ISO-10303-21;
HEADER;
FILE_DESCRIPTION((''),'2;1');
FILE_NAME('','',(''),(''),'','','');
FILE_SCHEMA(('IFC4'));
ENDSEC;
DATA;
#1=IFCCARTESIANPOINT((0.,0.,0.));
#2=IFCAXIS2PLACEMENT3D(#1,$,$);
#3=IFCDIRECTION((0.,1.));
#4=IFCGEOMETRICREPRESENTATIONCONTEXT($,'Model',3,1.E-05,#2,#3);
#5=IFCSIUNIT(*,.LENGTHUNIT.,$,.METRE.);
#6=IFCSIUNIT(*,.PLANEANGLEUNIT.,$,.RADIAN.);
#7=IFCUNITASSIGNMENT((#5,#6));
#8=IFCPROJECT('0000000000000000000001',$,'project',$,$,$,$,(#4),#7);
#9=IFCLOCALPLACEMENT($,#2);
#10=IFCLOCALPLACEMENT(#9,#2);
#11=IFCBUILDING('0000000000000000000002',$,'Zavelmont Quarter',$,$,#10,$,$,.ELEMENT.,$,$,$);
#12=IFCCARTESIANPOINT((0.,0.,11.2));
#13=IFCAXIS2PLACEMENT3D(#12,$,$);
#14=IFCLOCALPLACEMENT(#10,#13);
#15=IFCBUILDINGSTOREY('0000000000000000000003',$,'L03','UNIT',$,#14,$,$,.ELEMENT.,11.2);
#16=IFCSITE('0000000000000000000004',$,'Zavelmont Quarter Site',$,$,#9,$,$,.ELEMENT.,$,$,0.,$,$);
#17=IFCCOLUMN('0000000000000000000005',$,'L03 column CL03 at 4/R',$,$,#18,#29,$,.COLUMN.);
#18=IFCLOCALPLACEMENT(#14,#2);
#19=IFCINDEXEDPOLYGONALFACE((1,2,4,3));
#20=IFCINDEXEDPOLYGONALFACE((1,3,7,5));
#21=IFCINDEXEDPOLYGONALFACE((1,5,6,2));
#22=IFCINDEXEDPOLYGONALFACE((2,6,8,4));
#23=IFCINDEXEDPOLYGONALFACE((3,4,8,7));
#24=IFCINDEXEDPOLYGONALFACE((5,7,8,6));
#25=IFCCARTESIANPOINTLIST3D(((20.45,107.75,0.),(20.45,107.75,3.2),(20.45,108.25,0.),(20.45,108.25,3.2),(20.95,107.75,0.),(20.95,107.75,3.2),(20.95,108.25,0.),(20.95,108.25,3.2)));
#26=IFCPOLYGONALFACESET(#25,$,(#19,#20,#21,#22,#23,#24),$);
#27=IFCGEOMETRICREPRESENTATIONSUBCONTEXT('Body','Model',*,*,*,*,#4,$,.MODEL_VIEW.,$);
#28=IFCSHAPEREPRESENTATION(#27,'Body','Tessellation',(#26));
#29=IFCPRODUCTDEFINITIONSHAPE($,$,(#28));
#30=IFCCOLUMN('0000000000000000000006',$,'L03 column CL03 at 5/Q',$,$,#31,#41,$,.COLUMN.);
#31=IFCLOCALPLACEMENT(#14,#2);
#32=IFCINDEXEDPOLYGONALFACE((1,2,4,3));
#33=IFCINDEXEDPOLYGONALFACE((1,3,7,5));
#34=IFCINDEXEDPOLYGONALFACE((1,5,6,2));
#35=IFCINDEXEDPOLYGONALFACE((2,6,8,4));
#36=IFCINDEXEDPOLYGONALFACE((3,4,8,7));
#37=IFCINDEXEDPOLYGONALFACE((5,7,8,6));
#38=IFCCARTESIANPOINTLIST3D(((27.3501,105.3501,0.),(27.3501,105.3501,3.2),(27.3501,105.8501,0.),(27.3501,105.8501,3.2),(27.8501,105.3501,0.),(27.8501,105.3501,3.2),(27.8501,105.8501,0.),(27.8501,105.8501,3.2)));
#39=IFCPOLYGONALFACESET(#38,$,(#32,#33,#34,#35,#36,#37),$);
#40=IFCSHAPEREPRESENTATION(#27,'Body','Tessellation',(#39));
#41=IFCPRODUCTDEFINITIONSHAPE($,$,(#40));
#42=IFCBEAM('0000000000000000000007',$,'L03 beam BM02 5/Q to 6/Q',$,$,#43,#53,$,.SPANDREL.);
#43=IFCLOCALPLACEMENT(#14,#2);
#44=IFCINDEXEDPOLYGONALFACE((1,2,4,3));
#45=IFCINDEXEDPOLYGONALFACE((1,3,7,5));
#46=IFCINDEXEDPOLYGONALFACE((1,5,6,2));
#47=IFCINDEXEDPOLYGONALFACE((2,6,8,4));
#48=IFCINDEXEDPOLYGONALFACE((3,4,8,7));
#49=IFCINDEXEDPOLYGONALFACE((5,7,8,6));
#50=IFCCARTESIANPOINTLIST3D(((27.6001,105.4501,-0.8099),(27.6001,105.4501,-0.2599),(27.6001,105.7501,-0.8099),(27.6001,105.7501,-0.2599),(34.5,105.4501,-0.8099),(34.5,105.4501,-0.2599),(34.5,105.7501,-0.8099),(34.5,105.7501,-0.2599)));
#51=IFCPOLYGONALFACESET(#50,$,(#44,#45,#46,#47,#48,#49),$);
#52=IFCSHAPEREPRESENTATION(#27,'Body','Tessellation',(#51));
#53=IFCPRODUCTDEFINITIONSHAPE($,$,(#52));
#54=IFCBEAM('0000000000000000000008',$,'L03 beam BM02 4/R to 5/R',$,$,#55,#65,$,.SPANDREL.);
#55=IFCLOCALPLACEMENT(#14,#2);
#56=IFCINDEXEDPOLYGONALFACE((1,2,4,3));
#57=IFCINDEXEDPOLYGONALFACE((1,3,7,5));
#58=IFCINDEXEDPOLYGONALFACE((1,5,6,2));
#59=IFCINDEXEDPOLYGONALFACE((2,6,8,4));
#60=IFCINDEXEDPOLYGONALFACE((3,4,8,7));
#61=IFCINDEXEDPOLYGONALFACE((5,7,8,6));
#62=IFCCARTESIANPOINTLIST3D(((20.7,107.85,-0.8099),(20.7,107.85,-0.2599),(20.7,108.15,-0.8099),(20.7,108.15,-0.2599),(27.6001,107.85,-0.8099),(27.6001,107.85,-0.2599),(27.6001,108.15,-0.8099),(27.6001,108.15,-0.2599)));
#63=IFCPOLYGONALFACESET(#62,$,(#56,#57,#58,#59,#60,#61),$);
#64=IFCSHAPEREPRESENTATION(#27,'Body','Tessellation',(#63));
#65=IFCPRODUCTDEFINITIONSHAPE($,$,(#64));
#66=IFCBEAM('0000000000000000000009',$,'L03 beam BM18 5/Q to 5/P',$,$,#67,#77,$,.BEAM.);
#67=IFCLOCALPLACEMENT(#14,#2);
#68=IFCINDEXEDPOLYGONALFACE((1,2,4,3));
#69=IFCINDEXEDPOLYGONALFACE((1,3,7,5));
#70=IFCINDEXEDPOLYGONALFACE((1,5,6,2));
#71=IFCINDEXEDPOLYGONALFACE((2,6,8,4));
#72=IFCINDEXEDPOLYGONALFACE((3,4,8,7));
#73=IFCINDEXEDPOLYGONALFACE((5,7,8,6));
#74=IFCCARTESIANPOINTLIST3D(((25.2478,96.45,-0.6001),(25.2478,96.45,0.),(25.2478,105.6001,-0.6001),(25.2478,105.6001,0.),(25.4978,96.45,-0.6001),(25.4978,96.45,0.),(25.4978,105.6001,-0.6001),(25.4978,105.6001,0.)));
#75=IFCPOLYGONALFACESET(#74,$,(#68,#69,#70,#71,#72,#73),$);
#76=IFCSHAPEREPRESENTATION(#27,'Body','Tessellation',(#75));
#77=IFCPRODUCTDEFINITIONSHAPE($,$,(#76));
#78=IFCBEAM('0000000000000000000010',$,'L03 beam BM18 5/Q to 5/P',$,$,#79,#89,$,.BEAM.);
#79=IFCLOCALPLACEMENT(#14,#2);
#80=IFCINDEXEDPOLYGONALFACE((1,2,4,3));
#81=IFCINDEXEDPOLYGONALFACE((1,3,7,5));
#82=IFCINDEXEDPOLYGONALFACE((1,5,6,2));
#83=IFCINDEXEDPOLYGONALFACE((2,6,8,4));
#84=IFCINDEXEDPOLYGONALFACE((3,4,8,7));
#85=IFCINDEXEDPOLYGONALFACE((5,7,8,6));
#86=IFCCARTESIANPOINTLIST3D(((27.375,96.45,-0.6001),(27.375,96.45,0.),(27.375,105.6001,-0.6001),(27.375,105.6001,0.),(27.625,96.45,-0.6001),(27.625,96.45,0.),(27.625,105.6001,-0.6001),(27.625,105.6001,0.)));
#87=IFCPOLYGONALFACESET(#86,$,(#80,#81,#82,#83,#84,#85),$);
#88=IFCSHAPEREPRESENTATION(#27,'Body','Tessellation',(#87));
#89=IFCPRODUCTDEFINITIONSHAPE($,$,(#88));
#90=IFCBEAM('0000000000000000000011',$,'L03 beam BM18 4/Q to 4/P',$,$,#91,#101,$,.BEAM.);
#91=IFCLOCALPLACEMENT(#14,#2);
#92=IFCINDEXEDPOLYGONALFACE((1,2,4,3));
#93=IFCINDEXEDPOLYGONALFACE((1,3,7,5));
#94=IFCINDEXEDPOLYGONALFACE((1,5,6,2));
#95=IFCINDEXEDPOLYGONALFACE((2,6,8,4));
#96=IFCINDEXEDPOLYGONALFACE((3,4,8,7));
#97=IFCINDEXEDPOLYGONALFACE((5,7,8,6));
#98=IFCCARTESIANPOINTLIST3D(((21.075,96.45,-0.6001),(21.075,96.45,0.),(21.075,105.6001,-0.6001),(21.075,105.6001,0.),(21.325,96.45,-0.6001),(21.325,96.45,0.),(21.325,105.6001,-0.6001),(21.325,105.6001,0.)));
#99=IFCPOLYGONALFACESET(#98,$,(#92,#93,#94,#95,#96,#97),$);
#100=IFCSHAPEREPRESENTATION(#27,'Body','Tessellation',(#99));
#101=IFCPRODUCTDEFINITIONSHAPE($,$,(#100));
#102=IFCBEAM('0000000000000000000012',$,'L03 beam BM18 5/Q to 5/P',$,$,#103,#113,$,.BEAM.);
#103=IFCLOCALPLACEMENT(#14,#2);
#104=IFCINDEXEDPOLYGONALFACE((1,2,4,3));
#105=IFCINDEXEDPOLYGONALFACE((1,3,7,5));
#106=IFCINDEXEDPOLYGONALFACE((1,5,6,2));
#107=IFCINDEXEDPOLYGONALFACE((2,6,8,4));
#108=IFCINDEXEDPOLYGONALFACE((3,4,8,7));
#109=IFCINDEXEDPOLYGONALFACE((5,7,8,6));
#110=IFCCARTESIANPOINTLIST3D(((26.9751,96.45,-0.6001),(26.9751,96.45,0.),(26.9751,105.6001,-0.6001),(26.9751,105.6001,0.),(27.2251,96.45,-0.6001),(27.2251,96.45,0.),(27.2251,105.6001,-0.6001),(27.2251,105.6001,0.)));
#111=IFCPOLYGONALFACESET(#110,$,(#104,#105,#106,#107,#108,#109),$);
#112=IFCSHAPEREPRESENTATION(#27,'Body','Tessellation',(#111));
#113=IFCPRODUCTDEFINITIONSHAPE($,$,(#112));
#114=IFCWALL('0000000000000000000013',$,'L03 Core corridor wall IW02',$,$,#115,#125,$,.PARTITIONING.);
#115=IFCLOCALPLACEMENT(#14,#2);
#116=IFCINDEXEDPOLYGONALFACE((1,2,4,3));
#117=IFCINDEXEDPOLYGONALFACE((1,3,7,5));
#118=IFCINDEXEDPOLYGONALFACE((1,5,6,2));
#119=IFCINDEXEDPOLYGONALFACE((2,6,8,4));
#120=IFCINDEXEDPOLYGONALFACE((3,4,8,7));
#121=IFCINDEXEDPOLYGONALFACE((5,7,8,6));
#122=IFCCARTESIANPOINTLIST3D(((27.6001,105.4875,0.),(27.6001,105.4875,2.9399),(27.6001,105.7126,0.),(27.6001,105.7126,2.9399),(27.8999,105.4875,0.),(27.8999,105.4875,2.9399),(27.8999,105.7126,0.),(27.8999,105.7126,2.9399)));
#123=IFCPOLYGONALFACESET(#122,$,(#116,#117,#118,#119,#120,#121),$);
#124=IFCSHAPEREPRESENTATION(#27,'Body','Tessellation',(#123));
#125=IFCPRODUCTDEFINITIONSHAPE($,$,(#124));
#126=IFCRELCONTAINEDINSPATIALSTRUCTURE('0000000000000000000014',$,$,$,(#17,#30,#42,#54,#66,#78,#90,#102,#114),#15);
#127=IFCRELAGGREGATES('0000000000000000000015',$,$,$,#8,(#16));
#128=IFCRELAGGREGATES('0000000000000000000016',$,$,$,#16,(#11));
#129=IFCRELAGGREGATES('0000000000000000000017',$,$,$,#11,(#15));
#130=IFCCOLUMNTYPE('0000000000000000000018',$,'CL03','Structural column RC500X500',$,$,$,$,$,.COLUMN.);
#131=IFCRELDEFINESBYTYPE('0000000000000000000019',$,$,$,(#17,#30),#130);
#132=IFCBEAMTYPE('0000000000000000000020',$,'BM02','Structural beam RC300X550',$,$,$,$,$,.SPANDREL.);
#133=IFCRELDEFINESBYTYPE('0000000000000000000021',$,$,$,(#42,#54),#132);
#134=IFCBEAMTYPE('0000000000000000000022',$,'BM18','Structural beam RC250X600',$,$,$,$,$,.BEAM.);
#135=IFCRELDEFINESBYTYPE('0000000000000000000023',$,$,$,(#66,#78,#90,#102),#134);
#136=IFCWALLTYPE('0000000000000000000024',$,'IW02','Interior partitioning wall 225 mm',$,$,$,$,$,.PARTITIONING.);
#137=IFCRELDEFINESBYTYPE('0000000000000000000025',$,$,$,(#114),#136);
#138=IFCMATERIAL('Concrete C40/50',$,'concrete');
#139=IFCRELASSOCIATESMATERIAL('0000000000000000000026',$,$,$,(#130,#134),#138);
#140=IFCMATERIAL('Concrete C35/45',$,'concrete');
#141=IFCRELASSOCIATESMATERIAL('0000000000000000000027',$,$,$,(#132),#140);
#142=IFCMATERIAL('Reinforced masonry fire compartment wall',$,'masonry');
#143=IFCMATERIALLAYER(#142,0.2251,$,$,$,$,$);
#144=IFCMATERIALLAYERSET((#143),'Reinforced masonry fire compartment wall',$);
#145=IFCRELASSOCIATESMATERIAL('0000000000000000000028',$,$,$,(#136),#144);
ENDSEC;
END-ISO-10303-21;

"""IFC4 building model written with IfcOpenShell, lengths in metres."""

from ifc_helpers import new_model, si_unit, direction, frame, frame_2d, origin, origin_2d, place, context, subcontext, project, spatial, rectangle, extrude, material, layer, layer_set, material_profile, profile_set, type_object, element, save


model = new_model("IFC4")

# Units and contexts
model_context = context("Model", 3, precision=1e-05, world=origin(), true_north=direction((0.0, 1.0)))
body_context = subcontext(model_context, "Body", "Model", "MODEL_VIEW")
ifc_project = project(units=[si_unit("LENGTHUNIT", "METRE"), si_unit("PLANEANGLEUNIT", "RADIAN")], contexts=[model_context])

# Site, building, storey
site_placement = place(None, origin())
site = spatial("IfcSite", under=ifc_project, at=site_placement, Name="Zavelmont Quarter Site", CompositionType="ELEMENT", RefElevation=0.0)
building_placement = place(site_placement, origin())
building = spatial("IfcBuilding", under=site, at=building_placement, Name="Zavelmont Quarter", CompositionType="ELEMENT")
storey_placement = place(building_placement, frame((0.0, 0.0, 11.2)))
storey = spatial("IfcBuildingStorey", under=building, at=storey_placement, Name="L03", Description="UNIT", CompositionType="ELEMENT", Elevation=11.2)

# Columns
ifc_material_1 = material(Name="Concrete C40/50", Category="concrete")
ifc_material_profile_1 = material_profile(ifc_material_1, rectangle(XDim=0.5, YDim=0.5, at=origin_2d()), Name="RC500X500")
ifc_profile_set_1 = profile_set([ifc_material_profile_1], Name="Concrete C40/50")
column_type = type_object("IfcColumnType", Name="CL03", Description="Structural column RC500X500", PredefinedType="COLUMN", material=ifc_profile_set_1)
for number, where, z_axis, x_axis, name in (
    (1, (20.7, 108.0, 0.0), (0.0, 0.0, 1.0), (1.0, 0.0, 0.0), "L03 column CL03 at 4/R"),
    (2, (27.6001, 105.6001, 0.0), (0.0, 0.0, 1.0), (1.0, 0.0, 0.0), "L03 column CL03 at 5/Q"),
):
    element("IfcColumn", number, at=place(storey_placement, frame(where, z_axis=z_axis, x_axis=x_axis)), inside=storey, type_object=column_type, Name=name, PredefinedType="COLUMN", context=body_context, shape_type="SweptSolid", body=[
        extrude(rectangle(XDim=0.5, YDim=0.5, at=origin_2d()), origin(), (0.0, 0.0, 1.0), 3.2),
    ])

# Beams
ifc_material_2 = material(Name="Concrete C35/45", Category="concrete")
ifc_material_profile_2 = material_profile(ifc_material_2, rectangle(XDim=0.3, YDim=0.55, at=origin_2d()), Name="RC300X550")
ifc_profile_set_2 = profile_set([ifc_material_profile_2], Name="Concrete C35/45")
beam_type_1 = type_object("IfcBeamType", Name="BM02", Description="Structural beam RC300X550", PredefinedType="SPANDREL", material=ifc_profile_set_2)
beam_1_placement = place(storey_placement, frame((27.6001, 105.6001, -0.5349), z_axis=(1.0, 0.0, 0.0), x_axis=(0.0, 1.0, 0.0)))
element("IfcBeam", 3, at=beam_1_placement, inside=storey, type_object=beam_type_1, Name="L03 beam BM02 5/Q to 6/Q", PredefinedType="SPANDREL", context=body_context, shape_type="SweptSolid", body=[
    extrude(rectangle(XDim=0.3, YDim=0.55, at=origin_2d()), origin(), (0.0, 0.0, 1.0), 6.8999),
])
beam_2_placement = place(storey_placement, frame((20.7, 108.0, -0.5349), z_axis=(1.0, 0.0, 0.0), x_axis=(0.0, 1.0, 0.0)))
element("IfcBeam", 4, at=beam_2_placement, inside=storey, type_object=beam_type_1, Name="L03 beam BM02 4/R to 5/R", PredefinedType="SPANDREL", context=body_context, shape_type="SweptSolid", body=[
    extrude(rectangle(XDim=0.3, YDim=0.55, at=origin_2d()), origin(), (0.0, 0.0, 1.0), 6.9001),
])
ifc_material_profile_3 = material_profile(ifc_material_1, rectangle(XDim=0.25, YDim=0.6001, at=origin_2d()), Name="RC250X600")
ifc_profile_set_3 = profile_set([ifc_material_profile_3], Name="Concrete C40/50")
beam_type_2 = type_object("IfcBeamType", Name="BM18", Description="Structural beam RC250X600", PredefinedType="BEAM", material=ifc_profile_set_3)
for number, where, z_axis, x_axis, name in (
    (5, (25.3728, 105.6001, -0.3), (0.0, -1.0, 0.0), (1.0, 0.0, 0.0), "L03 beam BM18 5/Q to 5/P"),
    (6, (27.5, 105.6001, -0.3), (0.0, -1.0, 0.0), (1.0, 0.0, 0.0), "L03 beam BM18 5/Q to 5/P"),
    (7, (21.2, 105.6001, -0.3), (0.0, -1.0, 0.0), (1.0, 0.0, 0.0), "L03 beam BM18 4/Q to 4/P"),
    (8, (27.1001, 105.6001, -0.3), (0.0, -1.0, 0.0), (1.0, 0.0, 0.0), "L03 beam BM18 5/Q to 5/P"),
):
    element("IfcBeam", number, at=place(storey_placement, frame(where, z_axis=z_axis, x_axis=x_axis)), inside=storey, type_object=beam_type_2, Name=name, PredefinedType="BEAM", context=body_context, shape_type="SweptSolid", body=[
        extrude(rectangle(XDim=0.25, YDim=0.6001, at=origin_2d()), origin(), (0.0, 0.0, 1.0), 9.1501),
    ])

# Wall
ifc_material_3 = material(Name="Reinforced masonry fire compartment wall", Category="masonry")
ifc_layer_1 = layer(ifc_material_3, 0.2251)
ifc_layer_set_1 = layer_set([ifc_layer_1], Name="Reinforced masonry fire compartment wall")
wall_type_1 = type_object("IfcWallType", Name="IW02", Description="Interior partitioning wall 225 mm", PredefinedType="PARTITIONING", material=ifc_layer_set_1)
wall_1_placement = place(storey_placement, frame((27.6001, 105.6001, 0.0), z_axis=(0.0, 0.0, 1.0), x_axis=(1.0, 0.0, 0.0)))
element("IfcWall", 9, at=wall_1_placement, inside=storey, type_object=wall_type_1, Name="L03 Core corridor wall IW02", PredefinedType="PARTITIONING", context=body_context, shape_type="SweptSolid", body=[
    extrude(rectangle(XDim=0.2998, YDim=0.2251, at=frame_2d((0.1499, 0.0))), origin(), (0.0, 0.0, 1.0), 2.9399),
])

save(model, "model.ifc")
